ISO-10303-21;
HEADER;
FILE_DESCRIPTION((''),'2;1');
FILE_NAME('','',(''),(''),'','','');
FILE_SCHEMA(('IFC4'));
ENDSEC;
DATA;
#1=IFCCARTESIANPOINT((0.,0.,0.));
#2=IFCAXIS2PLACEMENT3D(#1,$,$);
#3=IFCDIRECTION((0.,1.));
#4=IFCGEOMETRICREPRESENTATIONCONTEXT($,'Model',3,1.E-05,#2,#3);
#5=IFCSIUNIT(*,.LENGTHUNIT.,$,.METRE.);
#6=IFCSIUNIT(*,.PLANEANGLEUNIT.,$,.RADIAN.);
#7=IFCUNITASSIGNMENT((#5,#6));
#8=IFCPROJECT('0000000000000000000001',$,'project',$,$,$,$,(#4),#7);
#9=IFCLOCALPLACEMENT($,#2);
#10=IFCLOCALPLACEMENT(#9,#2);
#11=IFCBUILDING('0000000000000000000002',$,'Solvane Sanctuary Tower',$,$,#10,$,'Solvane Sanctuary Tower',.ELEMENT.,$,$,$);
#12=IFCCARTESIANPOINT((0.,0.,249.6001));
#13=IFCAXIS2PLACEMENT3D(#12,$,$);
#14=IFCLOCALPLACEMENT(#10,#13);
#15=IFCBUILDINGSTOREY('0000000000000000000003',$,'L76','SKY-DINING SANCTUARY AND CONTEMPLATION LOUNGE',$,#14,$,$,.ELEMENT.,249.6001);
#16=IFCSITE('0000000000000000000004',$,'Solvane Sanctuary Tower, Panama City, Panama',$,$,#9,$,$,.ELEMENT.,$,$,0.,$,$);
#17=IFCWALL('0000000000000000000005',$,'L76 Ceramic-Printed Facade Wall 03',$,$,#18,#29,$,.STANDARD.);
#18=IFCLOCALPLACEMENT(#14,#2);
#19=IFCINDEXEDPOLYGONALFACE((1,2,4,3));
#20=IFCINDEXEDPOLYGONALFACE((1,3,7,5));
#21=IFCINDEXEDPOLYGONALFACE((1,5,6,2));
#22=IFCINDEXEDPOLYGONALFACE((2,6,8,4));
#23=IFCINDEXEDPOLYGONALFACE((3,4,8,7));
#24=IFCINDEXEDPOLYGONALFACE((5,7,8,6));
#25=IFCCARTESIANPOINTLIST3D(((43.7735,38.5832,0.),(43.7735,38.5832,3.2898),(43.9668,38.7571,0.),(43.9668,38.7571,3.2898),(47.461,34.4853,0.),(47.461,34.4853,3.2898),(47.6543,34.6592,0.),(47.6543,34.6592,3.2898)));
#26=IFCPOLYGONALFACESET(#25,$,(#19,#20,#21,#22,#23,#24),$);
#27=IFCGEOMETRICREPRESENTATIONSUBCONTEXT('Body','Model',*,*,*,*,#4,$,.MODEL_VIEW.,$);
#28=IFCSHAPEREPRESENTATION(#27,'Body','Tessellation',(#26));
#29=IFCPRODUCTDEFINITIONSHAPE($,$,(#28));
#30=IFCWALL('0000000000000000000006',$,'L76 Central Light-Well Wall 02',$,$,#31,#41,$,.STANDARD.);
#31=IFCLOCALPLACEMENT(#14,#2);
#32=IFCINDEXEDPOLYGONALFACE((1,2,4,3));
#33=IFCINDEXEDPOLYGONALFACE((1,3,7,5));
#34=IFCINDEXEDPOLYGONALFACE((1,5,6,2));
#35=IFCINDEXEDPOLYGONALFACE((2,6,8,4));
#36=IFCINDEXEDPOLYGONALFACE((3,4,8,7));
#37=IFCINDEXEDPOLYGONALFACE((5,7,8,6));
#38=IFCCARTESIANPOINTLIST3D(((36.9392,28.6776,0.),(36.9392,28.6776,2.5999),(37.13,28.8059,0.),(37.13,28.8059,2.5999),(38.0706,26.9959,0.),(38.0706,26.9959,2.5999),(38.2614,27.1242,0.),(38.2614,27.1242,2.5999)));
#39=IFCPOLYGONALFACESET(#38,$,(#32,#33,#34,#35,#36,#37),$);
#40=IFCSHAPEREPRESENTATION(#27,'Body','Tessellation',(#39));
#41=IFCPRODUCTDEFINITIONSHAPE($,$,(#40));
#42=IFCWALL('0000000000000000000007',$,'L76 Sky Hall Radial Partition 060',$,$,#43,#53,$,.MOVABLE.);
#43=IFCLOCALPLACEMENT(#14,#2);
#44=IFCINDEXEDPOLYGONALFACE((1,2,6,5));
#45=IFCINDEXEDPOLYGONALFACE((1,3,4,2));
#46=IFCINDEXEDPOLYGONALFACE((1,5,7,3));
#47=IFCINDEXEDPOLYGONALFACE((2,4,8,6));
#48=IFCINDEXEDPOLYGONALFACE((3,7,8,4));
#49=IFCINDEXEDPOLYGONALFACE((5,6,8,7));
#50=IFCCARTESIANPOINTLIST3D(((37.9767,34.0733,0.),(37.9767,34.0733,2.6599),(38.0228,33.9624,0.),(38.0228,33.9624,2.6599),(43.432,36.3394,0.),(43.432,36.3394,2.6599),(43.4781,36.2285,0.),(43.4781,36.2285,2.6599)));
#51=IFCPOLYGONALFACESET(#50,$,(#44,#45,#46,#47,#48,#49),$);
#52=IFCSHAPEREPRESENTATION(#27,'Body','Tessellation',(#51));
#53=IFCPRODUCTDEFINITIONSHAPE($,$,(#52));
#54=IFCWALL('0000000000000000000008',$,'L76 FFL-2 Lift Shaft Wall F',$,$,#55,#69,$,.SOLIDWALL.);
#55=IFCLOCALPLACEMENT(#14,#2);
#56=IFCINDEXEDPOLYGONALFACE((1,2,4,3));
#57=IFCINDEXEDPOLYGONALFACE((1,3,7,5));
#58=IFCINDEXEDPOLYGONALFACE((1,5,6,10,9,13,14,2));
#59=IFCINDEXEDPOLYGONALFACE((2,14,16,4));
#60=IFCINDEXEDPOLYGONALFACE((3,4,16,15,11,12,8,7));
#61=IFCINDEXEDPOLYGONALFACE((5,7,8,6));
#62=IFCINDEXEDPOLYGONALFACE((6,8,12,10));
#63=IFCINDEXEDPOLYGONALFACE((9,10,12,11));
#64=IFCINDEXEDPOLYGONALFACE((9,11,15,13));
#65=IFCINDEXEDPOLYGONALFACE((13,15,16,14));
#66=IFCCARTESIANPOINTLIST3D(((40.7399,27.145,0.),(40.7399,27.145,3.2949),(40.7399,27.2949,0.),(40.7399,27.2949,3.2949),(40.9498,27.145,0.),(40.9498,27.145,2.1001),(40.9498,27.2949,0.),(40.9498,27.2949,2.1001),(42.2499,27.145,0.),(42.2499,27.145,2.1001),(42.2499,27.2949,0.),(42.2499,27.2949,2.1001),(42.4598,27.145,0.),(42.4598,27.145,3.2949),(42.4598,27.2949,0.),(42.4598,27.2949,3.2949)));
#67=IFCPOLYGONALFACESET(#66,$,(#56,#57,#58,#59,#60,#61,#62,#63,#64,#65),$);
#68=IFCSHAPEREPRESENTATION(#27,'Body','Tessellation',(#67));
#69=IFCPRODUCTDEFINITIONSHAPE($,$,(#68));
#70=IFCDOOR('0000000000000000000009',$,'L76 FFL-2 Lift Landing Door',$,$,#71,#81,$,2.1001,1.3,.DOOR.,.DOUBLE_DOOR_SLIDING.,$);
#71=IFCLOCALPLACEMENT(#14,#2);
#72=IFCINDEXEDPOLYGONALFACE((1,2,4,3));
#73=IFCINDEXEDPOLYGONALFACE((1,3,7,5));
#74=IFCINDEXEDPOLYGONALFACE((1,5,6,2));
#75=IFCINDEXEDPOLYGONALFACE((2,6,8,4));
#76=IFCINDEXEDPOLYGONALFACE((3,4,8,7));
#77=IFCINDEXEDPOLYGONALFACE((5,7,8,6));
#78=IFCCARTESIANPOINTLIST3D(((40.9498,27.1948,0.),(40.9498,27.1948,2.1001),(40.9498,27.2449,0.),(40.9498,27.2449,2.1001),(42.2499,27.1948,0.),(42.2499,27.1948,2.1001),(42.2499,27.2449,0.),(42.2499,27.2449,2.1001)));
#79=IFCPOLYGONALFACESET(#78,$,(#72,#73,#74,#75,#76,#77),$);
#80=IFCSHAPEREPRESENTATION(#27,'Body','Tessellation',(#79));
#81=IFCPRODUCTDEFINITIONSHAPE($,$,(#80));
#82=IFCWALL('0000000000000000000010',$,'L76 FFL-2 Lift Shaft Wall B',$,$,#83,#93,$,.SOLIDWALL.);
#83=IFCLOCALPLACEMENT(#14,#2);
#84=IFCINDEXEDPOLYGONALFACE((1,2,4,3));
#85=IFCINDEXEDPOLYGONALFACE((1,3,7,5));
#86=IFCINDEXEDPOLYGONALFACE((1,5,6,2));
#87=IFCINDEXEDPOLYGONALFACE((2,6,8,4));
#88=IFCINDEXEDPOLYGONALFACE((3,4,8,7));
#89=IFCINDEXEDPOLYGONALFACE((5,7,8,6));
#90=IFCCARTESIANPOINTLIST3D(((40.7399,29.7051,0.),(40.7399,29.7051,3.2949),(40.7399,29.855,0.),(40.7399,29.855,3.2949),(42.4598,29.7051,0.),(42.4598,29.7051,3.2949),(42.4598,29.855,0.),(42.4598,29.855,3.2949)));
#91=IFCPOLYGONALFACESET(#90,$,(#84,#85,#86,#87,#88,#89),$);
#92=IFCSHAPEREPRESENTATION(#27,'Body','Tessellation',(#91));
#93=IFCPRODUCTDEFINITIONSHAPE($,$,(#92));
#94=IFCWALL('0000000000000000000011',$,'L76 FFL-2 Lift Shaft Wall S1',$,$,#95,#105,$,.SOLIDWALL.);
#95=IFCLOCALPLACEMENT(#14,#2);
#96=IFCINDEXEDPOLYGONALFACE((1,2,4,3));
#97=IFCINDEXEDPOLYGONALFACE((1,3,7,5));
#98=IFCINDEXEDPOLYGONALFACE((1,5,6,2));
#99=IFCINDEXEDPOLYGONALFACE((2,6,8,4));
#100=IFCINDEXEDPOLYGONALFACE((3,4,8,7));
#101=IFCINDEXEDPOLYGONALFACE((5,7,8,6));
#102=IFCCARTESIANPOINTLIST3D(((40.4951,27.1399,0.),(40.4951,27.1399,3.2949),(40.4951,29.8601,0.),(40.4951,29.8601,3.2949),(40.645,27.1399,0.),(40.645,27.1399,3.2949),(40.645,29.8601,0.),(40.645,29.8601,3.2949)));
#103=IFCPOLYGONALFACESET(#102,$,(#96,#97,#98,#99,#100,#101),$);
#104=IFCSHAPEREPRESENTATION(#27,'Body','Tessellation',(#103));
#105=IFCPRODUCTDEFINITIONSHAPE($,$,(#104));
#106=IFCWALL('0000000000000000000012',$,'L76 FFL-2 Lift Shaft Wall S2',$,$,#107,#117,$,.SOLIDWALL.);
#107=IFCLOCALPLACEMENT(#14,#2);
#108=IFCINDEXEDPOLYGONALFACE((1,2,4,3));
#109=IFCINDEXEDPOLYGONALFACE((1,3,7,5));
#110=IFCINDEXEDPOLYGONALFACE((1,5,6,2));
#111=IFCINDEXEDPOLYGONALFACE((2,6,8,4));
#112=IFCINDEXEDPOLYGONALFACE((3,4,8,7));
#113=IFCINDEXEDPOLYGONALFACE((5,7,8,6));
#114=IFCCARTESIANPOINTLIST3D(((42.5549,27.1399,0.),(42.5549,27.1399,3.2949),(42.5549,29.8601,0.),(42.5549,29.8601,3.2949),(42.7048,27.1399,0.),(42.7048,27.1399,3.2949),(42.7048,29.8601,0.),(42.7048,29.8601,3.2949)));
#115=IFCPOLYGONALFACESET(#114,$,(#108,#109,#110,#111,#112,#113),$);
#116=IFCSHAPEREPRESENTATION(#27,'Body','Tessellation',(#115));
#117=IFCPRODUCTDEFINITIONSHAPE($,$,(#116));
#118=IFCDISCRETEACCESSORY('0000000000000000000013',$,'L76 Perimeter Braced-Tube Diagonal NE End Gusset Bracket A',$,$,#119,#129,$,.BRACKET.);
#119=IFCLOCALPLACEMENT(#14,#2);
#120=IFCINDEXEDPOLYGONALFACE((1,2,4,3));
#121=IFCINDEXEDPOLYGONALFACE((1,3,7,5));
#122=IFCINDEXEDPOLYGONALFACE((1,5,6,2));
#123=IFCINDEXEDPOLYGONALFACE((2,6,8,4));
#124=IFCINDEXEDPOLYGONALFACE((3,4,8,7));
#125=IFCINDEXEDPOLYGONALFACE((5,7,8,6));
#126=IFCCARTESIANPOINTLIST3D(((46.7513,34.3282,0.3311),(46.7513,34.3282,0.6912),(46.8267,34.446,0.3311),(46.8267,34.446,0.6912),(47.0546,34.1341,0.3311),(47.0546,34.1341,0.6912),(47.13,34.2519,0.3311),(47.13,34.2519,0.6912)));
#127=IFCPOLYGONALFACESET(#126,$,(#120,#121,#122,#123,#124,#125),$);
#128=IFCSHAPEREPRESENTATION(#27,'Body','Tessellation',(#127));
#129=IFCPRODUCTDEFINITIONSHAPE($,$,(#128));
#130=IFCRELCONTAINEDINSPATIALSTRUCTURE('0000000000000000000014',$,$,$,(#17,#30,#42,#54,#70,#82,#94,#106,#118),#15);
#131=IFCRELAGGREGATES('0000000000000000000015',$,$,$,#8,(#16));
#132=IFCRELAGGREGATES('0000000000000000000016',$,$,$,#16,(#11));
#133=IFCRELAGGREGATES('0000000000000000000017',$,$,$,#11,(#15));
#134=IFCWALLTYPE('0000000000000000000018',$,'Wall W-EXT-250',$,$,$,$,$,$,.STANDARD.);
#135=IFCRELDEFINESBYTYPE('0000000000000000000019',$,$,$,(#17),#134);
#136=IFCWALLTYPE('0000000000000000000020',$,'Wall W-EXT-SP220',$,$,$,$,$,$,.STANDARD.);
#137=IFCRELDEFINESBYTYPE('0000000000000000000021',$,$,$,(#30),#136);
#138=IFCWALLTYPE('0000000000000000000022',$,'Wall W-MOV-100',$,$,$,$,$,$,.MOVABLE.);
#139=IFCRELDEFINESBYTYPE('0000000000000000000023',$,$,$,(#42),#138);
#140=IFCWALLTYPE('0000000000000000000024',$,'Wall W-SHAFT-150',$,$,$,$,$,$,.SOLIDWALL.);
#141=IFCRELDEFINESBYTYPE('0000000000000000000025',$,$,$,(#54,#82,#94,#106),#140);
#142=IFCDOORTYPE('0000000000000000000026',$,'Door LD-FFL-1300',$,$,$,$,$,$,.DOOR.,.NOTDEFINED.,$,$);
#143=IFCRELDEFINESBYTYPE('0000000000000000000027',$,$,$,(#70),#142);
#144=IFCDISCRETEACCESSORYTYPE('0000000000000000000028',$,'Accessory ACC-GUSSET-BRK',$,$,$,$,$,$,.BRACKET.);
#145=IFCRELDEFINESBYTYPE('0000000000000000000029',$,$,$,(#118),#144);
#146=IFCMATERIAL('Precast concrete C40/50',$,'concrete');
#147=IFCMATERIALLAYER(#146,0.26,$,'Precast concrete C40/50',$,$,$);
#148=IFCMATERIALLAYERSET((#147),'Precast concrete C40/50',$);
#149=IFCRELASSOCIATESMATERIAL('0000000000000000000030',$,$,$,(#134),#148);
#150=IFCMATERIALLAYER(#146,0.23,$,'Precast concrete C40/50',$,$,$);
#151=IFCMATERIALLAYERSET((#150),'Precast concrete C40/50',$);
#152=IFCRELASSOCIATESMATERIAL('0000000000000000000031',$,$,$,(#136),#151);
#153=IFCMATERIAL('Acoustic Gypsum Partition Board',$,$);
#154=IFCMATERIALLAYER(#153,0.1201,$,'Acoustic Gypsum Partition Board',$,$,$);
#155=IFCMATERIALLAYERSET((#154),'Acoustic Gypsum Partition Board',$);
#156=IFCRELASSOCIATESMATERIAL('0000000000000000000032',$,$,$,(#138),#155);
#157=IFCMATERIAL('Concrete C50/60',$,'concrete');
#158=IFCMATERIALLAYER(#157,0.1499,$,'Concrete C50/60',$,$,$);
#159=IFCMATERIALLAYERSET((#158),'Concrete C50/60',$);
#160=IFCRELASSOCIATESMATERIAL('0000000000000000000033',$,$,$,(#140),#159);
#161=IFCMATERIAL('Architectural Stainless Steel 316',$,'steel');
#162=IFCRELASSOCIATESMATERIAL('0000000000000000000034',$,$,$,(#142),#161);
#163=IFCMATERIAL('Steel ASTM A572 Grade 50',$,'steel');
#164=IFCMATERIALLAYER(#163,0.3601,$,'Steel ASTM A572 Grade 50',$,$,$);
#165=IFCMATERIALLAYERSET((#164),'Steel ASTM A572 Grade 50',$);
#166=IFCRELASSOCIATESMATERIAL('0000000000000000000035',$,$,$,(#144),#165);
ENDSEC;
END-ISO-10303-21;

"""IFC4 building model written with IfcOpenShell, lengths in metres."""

from ifc_helpers import new_model, si_unit, direction, frame, frame_2d, origin, origin_2d, place, context, subcontext, project, spatial, rectangle, extrude, material, layer, layer_set, type_object, element, fill, save


model = new_model("IFC4")

# Units and contexts
model_context = context("Model", 3, precision=1e-05, world=origin(), true_north=direction((0.0, 1.0)))
body_context = subcontext(model_context, "Body", "Model", "MODEL_VIEW")
ifc_project = project(units=[si_unit("LENGTHUNIT", "METRE"), si_unit("PLANEANGLEUNIT", "RADIAN")], contexts=[model_context])

# Site, building, storey
site_placement = place(None, origin())
site = spatial("IfcSite", under=ifc_project, at=site_placement, Name="Solvane Sanctuary Tower, Panama City, Panama", CompositionType="ELEMENT", RefElevation=0.0)
building_placement = place(site_placement, origin())
building = spatial("IfcBuilding", under=site, at=building_placement, Name="Solvane Sanctuary Tower", LongName="Solvane Sanctuary Tower", CompositionType="ELEMENT")
storey_placement = place(building_placement, frame((0.0, 0.0, 249.6001)))
storey = spatial("IfcBuildingStorey", under=building, at=storey_placement, Name="L76", Description="SKY-DINING SANCTUARY AND CONTEMPLATION LOUNGE", CompositionType="ELEMENT", Elevation=249.6001)

# Shared definitions
ifc_material_1 = material(Name="Concrete C50/60", Category="concrete")
ifc_material_2 = material(Name="Acoustic Gypsum Partition Board")

# Shared definitions
ifc_material_3 = material(Name="Precast concrete C40/50", Category="concrete")
ifc_layer_1 = layer(ifc_material_3, 0.26, Name="Precast concrete C40/50")
ifc_layer_set_1 = layer_set([ifc_layer_1], Name="Precast concrete C40/50")
wall_type_1 = type_object("IfcWallType", Name="Wall W-EXT-250", PredefinedType="STANDARD", material=ifc_layer_set_1)

# Walls
wall_1_placement = place(storey_placement, frame((47.5576, 34.5723, 0.0), z_axis=(0.0, 0.0, 1.0), x_axis=(-0.668904, 0.743349, 0.0)))
element("IfcWall", 1, at=wall_1_placement, inside=storey, type_object=wall_type_1, Name="L76 Ceramic-Printed Facade Wall 03", PredefinedType="STANDARD", context=body_context, shape_type="SweptSolid", body=[
    extrude(rectangle(XDim=5.5127, YDim=0.26, at=frame_2d((2.7563, 0.0))), origin(), (0.0, 0.0, 1.0), 3.2898),
])
ifc_layer_2 = layer(ifc_material_3, 0.23, Name="Precast concrete C40/50")
ifc_layer_set_2 = layer_set([ifc_layer_2], Name="Precast concrete C40/50")
wall_type_2 = type_object("IfcWallType", Name="Wall W-EXT-SP220", PredefinedType="STANDARD", material=ifc_layer_set_2)
wall_2_placement = place(storey_placement, frame((38.166, 27.0601, 0.0), z_axis=(0.0, 0.0, 1.0), x_axis=(-0.558198, 0.829708, 0.0)))
element("IfcWall", 2, at=wall_2_placement, inside=storey, type_object=wall_type_2, Name="L76 Central Light-Well Wall 02", PredefinedType="STANDARD", context=body_context, shape_type="SweptSolid", body=[
    extrude(rectangle(XDim=2.0269, YDim=0.23, at=frame_2d((1.0134, 0.0))), origin(), (0.0, 0.0, 1.0), 2.5999),
])
ifc_layer_3 = layer(ifc_material_2, 0.1201, Name="Acoustic Gypsum Partition Board")
ifc_layer_set_3 = layer_set([ifc_layer_3], Name="Acoustic Gypsum Partition Board")
wall_type_3 = type_object("IfcWallType", Name="Wall W-MOV-100", PredefinedType="MOVABLE", material=ifc_layer_set_3)
wall_3_placement = place(storey_placement, frame((37.9998, 34.0178, 0.0), z_axis=(0.0, 0.0, 1.0), x_axis=(0.923493, 0.383614, 0.0)))
element("IfcWall", 3, at=wall_3_placement, inside=storey, type_object=wall_type_3, Name="L76 Sky Hall Radial Partition 060", PredefinedType="MOVABLE", context=body_context, shape_type="SweptSolid", body=[
    extrude(rectangle(XDim=5.9072, YDim=0.1201, at=frame_2d((2.9536, 0.0))), origin(), (0.0, 0.0, 1.0), 2.6599),
])

# Wall, opening, door
ifc_layer_4 = layer(ifc_material_1, 0.1499, Name="Concrete C50/60")
ifc_layer_set_4 = layer_set([ifc_layer_4], Name="Concrete C50/60")
wall_type_4 = type_object("IfcWallType", Name="Wall W-SHAFT-150", PredefinedType="SOLIDWALL", material=ifc_layer_set_4)
wall_4_placement = place(storey_placement, frame((40.74, 27.22, 0.0), z_axis=(0.0, 0.0, 1.0), x_axis=(1.0, 0.0, 0.0)))
wall_4 = element("IfcWall", 4, at=wall_4_placement, inside=storey, type_object=wall_type_4, Name="L76 FFL-2 Lift Shaft Wall F", PredefinedType="SOLIDWALL", context=body_context, shape_type="SweptSolid", body=[
    extrude(rectangle(XDim=1.72, YDim=0.1499, at=frame_2d((0.8599, 0.0))), origin(), (0.0, 0.0, 1.0), 3.2949),
])
opening_1_placement = place(wall_4_placement, frame((0.21, 0.0, 0.0)))
opening_1 = element("IfcOpeningElement", 5, at=opening_1_placement, cuts=wall_4, PredefinedType="OPENING", context=body_context, shape_type="SweptSolid", body=[
    extrude(rectangle(XDim=1.3, YDim=2.1001, at=frame_2d((0.6499, 1.05))), frame((0.0, 0.085, 0.0), z_axis=(0.0, -1.0, 0.0), x_axis=(1.0, 0.0, 0.0)), (0.0, 0.0, 1.0), 0.1699),
])
ifc_material_4 = material(Name="Architectural Stainless Steel 316", Category="steel")
door_type_1 = type_object("IfcDoorType", Name="Door LD-FFL-1300", OperationType="NOTDEFINED", PredefinedType="DOOR", material=ifc_material_4)
door_1_placement = place(opening_1_placement, origin())
door_1 = element("IfcDoor", 6, at=door_1_placement, inside=storey, type_object=door_type_1, Name="L76 FFL-2 Lift Landing Door", OperationType="DOUBLE_DOOR_SLIDING", OverallHeight=2.1001, OverallWidth=1.3, PredefinedType="DOOR", context=body_context, shape_type="SweptSolid", body=[
    extrude(rectangle(XDim=1.3, YDim=2.1001, at=frame_2d((0.6499, 1.05))), frame((0.0, 0.0249, 0.0), z_axis=(0.0, -1.0, 0.0), x_axis=(1.0, 0.0, 0.0)), (0.0, 0.0, 1.0), 0.05),
])
fill(opening_1, door_1)

# Walls
wall_5_placement = place(storey_placement, frame((40.74, 29.78, 0.0), z_axis=(0.0, 0.0, 1.0), x_axis=(1.0, 0.0, 0.0)))
element("IfcWall", 7, at=wall_5_placement, inside=storey, type_object=wall_type_4, Name="L76 FFL-2 Lift Shaft Wall B", PredefinedType="SOLIDWALL", context=body_context, shape_type="SweptSolid", body=[
    extrude(rectangle(XDim=1.72, YDim=0.1499, at=frame_2d((0.8599, 0.0))), origin(), (0.0, 0.0, 1.0), 3.2949),
])
for number, where, z_axis, x_axis, name in (
    (8, (40.5701, 27.1399, 0.0), (0.0, 0.0, 1.0), (0.0, 1.0, 0.0), "L76 FFL-2 Lift Shaft Wall S1"),
    (9, (42.6299, 27.1399, 0.0), (0.0, 0.0, 1.0), (0.0, 1.0, 0.0), "L76 FFL-2 Lift Shaft Wall S2"),
):
    element("IfcWall", number, at=place(storey_placement, frame(where, z_axis=z_axis, x_axis=x_axis)), inside=storey, type_object=wall_type_4, Name=name, PredefinedType="SOLIDWALL", context=body_context, shape_type="SweptSolid", body=[
        extrude(rectangle(XDim=2.7202, YDim=0.1499, at=frame_2d((1.3601, 0.0))), origin(), (0.0, 0.0, 1.0), 3.2949),
    ])

# Discrete accessory
ifc_material_5 = material(Name="Steel ASTM A572 Grade 50", Category="steel")
ifc_layer_5 = layer(ifc_material_5, 0.3601, Name="Steel ASTM A572 Grade 50")
ifc_layer_set_5 = layer_set([ifc_layer_5], Name="Steel ASTM A572 Grade 50")
discrete_accessory_type = type_object("IfcDiscreteAccessoryType", Name="Accessory ACC-GUSSET-BRK", PredefinedType="BRACKET", material=ifc_layer_set_5)
discrete_accessory_placement = place(storey_placement, frame((46.9407, 34.29, 0.3311), z_axis=(0.0, 0.0, 1.0), x_axis=(-0.842264, 0.539065, 0.0)))
element("IfcDiscreteAccessory", 10, at=discrete_accessory_placement, inside=storey, type_object=discrete_accessory_type, Name="L76 Perimeter Braced-Tube Diagonal NE End Gusset Bracket A", PredefinedType="BRACKET", context=body_context, shape_type="SweptSolid", body=[
    extrude(rectangle(XDim=0.3601, YDim=0.1399, at=origin_2d()), origin(), (0.0, 0.0, 1.0), 0.3601),
])

save(model, "model.ifc")
